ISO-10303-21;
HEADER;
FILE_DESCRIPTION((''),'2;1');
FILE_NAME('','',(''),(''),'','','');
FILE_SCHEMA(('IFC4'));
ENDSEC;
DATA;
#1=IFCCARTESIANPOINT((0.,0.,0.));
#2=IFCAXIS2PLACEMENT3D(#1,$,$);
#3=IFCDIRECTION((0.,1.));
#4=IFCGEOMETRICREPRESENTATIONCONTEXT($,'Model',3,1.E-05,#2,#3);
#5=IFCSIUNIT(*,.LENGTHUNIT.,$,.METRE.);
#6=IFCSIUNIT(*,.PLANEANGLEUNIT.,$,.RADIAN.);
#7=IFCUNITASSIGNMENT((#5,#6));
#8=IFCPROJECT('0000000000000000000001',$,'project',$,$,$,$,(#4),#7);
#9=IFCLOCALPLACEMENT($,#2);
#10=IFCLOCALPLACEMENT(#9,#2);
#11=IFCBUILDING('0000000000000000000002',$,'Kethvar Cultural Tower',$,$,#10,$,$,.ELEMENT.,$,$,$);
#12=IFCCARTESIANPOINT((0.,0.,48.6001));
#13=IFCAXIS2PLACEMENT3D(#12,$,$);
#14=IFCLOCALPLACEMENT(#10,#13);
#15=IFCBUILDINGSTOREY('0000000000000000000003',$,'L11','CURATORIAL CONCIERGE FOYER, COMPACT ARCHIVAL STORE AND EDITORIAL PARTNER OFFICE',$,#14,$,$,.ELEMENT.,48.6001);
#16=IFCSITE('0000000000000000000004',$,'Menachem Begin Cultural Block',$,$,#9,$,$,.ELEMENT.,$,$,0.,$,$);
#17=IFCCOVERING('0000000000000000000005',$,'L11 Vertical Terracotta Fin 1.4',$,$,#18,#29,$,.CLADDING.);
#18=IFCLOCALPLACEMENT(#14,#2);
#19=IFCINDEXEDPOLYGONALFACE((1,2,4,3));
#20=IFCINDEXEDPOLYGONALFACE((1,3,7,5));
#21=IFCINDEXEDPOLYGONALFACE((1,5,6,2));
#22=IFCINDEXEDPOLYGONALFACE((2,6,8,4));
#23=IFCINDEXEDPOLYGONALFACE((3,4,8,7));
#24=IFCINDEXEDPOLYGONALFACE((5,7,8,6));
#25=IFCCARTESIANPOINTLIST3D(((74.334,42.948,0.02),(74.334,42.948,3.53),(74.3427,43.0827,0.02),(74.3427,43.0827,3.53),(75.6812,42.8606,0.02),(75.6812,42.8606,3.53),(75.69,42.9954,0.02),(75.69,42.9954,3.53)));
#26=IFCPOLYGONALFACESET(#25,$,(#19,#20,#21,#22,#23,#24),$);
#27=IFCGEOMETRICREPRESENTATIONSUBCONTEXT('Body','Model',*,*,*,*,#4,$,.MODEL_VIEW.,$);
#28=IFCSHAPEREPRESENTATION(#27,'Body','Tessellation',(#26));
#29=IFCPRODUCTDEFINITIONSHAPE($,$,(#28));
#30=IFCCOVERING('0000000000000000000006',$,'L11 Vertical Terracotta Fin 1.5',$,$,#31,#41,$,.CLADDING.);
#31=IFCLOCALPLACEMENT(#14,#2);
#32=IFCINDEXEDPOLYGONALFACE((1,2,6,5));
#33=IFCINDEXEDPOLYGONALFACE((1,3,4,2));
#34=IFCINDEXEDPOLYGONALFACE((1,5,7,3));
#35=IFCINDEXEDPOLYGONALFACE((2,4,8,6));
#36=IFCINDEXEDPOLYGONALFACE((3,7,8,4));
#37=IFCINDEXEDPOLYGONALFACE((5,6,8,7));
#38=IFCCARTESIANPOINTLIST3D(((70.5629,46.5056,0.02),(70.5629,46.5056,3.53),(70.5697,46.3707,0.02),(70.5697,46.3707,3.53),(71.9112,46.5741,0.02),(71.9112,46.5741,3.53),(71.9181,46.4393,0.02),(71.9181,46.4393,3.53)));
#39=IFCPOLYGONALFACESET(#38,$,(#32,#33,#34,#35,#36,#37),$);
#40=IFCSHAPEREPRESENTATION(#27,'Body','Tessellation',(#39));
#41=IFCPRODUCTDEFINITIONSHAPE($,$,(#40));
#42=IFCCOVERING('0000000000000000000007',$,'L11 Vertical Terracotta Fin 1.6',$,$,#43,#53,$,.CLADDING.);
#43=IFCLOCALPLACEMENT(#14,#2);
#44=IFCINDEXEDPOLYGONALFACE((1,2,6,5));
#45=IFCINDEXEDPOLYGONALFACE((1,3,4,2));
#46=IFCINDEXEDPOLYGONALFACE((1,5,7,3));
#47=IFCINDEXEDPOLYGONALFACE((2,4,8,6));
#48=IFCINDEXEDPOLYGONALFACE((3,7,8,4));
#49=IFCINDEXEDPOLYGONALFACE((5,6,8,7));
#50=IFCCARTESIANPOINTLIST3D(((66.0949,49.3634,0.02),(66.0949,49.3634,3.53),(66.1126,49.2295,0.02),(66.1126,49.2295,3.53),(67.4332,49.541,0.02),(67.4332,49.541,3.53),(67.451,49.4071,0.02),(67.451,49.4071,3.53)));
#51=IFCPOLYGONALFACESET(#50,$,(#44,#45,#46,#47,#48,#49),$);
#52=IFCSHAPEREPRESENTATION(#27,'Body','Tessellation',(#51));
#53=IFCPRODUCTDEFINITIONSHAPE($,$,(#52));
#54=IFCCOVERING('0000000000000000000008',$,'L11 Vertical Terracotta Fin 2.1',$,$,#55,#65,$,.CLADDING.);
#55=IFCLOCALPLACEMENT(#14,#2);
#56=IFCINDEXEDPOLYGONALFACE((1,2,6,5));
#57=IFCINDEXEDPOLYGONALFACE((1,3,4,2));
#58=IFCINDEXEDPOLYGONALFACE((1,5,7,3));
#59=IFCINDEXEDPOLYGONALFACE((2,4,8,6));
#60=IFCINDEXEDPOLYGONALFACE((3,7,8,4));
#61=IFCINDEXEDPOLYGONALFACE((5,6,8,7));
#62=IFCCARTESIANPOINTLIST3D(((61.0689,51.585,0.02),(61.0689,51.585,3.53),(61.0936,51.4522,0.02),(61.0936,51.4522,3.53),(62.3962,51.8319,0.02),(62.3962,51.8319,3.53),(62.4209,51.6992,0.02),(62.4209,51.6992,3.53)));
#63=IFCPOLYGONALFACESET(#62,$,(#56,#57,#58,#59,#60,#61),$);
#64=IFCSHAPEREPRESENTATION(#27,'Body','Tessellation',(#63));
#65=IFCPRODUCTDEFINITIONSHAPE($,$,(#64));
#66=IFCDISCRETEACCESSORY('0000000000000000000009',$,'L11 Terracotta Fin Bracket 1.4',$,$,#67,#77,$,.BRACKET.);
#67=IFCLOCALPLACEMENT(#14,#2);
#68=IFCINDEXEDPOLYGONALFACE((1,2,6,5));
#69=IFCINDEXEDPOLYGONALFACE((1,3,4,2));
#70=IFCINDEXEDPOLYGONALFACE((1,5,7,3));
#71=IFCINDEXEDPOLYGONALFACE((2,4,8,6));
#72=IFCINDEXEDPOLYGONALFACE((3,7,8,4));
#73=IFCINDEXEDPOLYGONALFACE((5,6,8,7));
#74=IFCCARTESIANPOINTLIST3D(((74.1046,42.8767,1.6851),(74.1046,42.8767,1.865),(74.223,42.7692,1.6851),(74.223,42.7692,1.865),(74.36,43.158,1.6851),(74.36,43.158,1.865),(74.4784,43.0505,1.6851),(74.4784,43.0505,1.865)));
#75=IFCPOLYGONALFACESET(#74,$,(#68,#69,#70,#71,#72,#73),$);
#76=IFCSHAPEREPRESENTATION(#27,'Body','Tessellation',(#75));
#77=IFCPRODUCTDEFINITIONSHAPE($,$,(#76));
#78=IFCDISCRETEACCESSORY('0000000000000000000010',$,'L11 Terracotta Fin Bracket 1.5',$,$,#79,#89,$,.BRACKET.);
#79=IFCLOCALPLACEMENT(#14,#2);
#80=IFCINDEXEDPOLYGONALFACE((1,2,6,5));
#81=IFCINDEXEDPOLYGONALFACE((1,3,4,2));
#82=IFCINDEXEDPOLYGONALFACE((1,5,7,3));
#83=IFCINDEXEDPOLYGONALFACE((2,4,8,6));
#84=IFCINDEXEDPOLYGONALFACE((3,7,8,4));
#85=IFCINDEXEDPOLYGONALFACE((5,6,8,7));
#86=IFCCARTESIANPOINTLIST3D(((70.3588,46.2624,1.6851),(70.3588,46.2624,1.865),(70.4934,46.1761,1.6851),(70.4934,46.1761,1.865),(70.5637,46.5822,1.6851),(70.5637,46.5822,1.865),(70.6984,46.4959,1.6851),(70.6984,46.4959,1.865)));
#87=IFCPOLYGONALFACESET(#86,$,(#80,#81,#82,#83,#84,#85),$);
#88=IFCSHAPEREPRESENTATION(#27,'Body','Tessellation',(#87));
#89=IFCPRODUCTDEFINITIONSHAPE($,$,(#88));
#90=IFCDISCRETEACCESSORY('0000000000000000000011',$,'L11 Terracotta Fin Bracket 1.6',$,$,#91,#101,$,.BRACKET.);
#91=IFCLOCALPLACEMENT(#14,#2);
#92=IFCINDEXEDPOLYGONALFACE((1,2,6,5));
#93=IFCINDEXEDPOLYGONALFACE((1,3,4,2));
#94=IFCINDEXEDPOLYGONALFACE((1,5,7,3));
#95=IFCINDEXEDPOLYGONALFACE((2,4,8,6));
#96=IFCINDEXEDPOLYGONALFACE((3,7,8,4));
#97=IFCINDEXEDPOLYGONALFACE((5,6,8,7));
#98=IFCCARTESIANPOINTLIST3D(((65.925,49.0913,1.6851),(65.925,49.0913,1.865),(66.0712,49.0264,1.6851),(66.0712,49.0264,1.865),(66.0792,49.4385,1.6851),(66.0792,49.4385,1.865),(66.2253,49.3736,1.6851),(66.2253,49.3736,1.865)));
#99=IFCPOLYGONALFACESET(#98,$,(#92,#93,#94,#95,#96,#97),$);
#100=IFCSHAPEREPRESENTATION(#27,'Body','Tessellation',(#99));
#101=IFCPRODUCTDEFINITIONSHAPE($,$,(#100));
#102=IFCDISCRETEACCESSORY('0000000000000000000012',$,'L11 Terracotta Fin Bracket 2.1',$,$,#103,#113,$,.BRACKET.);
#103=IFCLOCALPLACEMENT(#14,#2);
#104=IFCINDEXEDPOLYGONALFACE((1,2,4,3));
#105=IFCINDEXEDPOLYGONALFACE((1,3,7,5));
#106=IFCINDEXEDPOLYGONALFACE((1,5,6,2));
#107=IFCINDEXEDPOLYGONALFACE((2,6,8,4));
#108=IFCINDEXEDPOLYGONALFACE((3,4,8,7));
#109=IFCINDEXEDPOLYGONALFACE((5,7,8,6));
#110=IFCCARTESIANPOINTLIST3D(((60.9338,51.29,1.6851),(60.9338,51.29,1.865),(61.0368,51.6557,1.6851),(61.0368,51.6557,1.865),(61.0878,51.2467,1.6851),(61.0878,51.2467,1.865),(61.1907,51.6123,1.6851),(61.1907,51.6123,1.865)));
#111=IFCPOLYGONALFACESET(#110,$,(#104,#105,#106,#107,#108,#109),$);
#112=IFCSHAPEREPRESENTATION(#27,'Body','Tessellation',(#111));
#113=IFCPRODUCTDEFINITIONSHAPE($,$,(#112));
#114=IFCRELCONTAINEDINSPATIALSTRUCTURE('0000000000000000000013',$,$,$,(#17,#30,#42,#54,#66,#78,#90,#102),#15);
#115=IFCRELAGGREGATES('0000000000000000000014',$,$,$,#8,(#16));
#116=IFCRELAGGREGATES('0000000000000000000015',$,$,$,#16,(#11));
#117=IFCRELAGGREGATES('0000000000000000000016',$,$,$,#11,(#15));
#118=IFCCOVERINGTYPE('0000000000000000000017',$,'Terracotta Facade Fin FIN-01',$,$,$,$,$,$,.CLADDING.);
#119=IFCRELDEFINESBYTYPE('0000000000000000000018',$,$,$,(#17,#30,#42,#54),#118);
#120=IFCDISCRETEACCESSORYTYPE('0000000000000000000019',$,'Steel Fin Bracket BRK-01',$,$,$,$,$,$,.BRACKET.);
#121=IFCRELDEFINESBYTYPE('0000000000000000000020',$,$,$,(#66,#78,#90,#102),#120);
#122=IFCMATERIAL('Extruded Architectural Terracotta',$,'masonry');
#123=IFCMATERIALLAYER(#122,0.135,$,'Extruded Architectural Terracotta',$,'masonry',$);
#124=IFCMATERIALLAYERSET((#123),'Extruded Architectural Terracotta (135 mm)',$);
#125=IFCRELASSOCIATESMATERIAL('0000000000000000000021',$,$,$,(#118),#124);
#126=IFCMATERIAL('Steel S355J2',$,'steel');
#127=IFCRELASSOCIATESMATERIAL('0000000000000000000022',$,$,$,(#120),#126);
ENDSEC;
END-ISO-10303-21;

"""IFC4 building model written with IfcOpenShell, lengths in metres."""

from ifc_helpers import new_model, si_unit, direction, frame, origin, origin_2d, place, context, subcontext, project, spatial, rectangle, extrude, source, transform, mapped, material, layer, layer_set, type_object, element, save


model = new_model("IFC4")

# Units and contexts
model_context = context("Model", 3, precision=1e-05, world=origin(), true_north=direction((0.0, 1.0)))
body_context = subcontext(model_context, "Body", "Model", "MODEL_VIEW")
ifc_project = project(units=[si_unit("LENGTHUNIT", "METRE"), si_unit("PLANEANGLEUNIT", "RADIAN")], contexts=[model_context])

# Site, building, storey
site_placement = place(None, origin())
site = spatial("IfcSite", under=ifc_project, at=site_placement, Name="Menachem Begin Cultural Block", CompositionType="ELEMENT", RefElevation=0.0)
building_placement = place(site_placement, origin())
building = spatial("IfcBuilding", under=site, at=building_placement, Name="Kethvar Cultural Tower", CompositionType="ELEMENT")
storey_placement = place(building_placement, frame((0.0, 0.0, 48.6001)))
storey = spatial("IfcBuildingStorey", under=building, at=storey_placement, Name="L11", Description="CURATORIAL CONCIERGE FOYER, COMPACT ARCHIVAL STORE AND EDITORIAL PARTNER OFFICE", CompositionType="ELEMENT", Elevation=48.6001)

# Shared definitions
ifc_material_1 = material(Name="Steel S355J2", Category="steel")

# Coverings
ifc_material_2 = material(Name="Extruded Architectural Terracotta", Category="masonry")
ifc_layer_1 = layer(ifc_material_2, 0.135, Name="Extruded Architectural Terracotta", Category="masonry")
ifc_layer_set_1 = layer_set([ifc_layer_1], Name="Extruded Architectural Terracotta (135 mm)")
covering_type = type_object("IfcCoveringType", Name="Terracotta Facade Fin FIN-01", PredefinedType="CLADDING", material=ifc_layer_set_1)
shared_shape_1 = source(origin(), body_context, "Body", "SweptSolid", [
    extrude(rectangle(XDim=1.3501, YDim=0.135, at=origin_2d()), origin(), (0.0, 0.0, 1.0), 3.51),
])
for number, where, z_axis, x_axis, name in (
    (1, (75.012, 42.9717, 0.02), (0.0, 0.0, 1.0), (0.997904, -0.064706, 0.0), "L11 Vertical Terracotta Fin 1.4"),
    (2, (71.2405, 46.4724, 0.02), (0.0, 0.0, 1.0), (0.998711, 0.050767, 0.0), "L11 Vertical Terracotta Fin 1.5"),
    (3, (66.7729, 49.3853, 0.02), (0.0, 0.0, 1.0), (0.991308, 0.131564, 0.0), "L11 Vertical Terracotta Fin 1.6"),
    (4, (61.7449, 51.6421, 0.02), (0.0, 0.0, 1.0), (0.983127, 0.182922, 0.0), "L11 Vertical Terracotta Fin 2.1"),
):
    element("IfcCovering", number, at=place(storey_placement, frame(where, z_axis=z_axis, x_axis=x_axis)), inside=storey, type_object=covering_type, Name=name, PredefinedType="CLADDING", context=body_context, shape_type="MappedRepresentation", body=[
        mapped(shared_shape_1, transform((0.0, 0.0, 0.0), scale=1.0)),
    ])

# Discrete accessories
discrete_accessory_type = type_object("IfcDiscreteAccessoryType", Name="Steel Fin Bracket BRK-01", PredefinedType="BRACKET", material=ifc_material_1)
shared_shape_2 = source(origin(), body_context, "Body", "SweptSolid", [
    extrude(rectangle(XDim=0.3799, YDim=0.1599, at=origin_2d()), origin(), (0.0, 0.0, 1.0), 0.1799),
])
for number, where, z_axis, x_axis, name in (
    (5, (74.2915, 42.9636, 1.6851), (0.0, 0.0, 1.0), (0.672108, 0.740453, 0.0), "L11 Terracotta Fin Bracket 1.4"),
    (6, (70.5286, 46.3792, 1.6851), (0.0, 0.0, 1.0), (0.539506, 0.841982, 0.0), "L11 Terracotta Fin Bracket 1.5"),
    (7, (66.0752, 49.2324, 1.6851), (0.0, 0.0, 1.0), (0.40578, 0.913971, 0.0), "L11 Terracotta Fin Bracket 1.6"),
    (8, (61.0623, 51.4512, 1.6851), (0.0, 0.0, 1.0), (0.270936, 0.962597, 0.0), "L11 Terracotta Fin Bracket 2.1"),
):
    element("IfcDiscreteAccessory", number, at=place(storey_placement, frame(where, z_axis=z_axis, x_axis=x_axis)), inside=storey, type_object=discrete_accessory_type, Name=name, PredefinedType="BRACKET", context=body_context, shape_type="MappedRepresentation", body=[
        mapped(shared_shape_2, transform((0.0, 0.0, 0.0), scale=1.0)),
    ])

save(model, "model.ifc")
